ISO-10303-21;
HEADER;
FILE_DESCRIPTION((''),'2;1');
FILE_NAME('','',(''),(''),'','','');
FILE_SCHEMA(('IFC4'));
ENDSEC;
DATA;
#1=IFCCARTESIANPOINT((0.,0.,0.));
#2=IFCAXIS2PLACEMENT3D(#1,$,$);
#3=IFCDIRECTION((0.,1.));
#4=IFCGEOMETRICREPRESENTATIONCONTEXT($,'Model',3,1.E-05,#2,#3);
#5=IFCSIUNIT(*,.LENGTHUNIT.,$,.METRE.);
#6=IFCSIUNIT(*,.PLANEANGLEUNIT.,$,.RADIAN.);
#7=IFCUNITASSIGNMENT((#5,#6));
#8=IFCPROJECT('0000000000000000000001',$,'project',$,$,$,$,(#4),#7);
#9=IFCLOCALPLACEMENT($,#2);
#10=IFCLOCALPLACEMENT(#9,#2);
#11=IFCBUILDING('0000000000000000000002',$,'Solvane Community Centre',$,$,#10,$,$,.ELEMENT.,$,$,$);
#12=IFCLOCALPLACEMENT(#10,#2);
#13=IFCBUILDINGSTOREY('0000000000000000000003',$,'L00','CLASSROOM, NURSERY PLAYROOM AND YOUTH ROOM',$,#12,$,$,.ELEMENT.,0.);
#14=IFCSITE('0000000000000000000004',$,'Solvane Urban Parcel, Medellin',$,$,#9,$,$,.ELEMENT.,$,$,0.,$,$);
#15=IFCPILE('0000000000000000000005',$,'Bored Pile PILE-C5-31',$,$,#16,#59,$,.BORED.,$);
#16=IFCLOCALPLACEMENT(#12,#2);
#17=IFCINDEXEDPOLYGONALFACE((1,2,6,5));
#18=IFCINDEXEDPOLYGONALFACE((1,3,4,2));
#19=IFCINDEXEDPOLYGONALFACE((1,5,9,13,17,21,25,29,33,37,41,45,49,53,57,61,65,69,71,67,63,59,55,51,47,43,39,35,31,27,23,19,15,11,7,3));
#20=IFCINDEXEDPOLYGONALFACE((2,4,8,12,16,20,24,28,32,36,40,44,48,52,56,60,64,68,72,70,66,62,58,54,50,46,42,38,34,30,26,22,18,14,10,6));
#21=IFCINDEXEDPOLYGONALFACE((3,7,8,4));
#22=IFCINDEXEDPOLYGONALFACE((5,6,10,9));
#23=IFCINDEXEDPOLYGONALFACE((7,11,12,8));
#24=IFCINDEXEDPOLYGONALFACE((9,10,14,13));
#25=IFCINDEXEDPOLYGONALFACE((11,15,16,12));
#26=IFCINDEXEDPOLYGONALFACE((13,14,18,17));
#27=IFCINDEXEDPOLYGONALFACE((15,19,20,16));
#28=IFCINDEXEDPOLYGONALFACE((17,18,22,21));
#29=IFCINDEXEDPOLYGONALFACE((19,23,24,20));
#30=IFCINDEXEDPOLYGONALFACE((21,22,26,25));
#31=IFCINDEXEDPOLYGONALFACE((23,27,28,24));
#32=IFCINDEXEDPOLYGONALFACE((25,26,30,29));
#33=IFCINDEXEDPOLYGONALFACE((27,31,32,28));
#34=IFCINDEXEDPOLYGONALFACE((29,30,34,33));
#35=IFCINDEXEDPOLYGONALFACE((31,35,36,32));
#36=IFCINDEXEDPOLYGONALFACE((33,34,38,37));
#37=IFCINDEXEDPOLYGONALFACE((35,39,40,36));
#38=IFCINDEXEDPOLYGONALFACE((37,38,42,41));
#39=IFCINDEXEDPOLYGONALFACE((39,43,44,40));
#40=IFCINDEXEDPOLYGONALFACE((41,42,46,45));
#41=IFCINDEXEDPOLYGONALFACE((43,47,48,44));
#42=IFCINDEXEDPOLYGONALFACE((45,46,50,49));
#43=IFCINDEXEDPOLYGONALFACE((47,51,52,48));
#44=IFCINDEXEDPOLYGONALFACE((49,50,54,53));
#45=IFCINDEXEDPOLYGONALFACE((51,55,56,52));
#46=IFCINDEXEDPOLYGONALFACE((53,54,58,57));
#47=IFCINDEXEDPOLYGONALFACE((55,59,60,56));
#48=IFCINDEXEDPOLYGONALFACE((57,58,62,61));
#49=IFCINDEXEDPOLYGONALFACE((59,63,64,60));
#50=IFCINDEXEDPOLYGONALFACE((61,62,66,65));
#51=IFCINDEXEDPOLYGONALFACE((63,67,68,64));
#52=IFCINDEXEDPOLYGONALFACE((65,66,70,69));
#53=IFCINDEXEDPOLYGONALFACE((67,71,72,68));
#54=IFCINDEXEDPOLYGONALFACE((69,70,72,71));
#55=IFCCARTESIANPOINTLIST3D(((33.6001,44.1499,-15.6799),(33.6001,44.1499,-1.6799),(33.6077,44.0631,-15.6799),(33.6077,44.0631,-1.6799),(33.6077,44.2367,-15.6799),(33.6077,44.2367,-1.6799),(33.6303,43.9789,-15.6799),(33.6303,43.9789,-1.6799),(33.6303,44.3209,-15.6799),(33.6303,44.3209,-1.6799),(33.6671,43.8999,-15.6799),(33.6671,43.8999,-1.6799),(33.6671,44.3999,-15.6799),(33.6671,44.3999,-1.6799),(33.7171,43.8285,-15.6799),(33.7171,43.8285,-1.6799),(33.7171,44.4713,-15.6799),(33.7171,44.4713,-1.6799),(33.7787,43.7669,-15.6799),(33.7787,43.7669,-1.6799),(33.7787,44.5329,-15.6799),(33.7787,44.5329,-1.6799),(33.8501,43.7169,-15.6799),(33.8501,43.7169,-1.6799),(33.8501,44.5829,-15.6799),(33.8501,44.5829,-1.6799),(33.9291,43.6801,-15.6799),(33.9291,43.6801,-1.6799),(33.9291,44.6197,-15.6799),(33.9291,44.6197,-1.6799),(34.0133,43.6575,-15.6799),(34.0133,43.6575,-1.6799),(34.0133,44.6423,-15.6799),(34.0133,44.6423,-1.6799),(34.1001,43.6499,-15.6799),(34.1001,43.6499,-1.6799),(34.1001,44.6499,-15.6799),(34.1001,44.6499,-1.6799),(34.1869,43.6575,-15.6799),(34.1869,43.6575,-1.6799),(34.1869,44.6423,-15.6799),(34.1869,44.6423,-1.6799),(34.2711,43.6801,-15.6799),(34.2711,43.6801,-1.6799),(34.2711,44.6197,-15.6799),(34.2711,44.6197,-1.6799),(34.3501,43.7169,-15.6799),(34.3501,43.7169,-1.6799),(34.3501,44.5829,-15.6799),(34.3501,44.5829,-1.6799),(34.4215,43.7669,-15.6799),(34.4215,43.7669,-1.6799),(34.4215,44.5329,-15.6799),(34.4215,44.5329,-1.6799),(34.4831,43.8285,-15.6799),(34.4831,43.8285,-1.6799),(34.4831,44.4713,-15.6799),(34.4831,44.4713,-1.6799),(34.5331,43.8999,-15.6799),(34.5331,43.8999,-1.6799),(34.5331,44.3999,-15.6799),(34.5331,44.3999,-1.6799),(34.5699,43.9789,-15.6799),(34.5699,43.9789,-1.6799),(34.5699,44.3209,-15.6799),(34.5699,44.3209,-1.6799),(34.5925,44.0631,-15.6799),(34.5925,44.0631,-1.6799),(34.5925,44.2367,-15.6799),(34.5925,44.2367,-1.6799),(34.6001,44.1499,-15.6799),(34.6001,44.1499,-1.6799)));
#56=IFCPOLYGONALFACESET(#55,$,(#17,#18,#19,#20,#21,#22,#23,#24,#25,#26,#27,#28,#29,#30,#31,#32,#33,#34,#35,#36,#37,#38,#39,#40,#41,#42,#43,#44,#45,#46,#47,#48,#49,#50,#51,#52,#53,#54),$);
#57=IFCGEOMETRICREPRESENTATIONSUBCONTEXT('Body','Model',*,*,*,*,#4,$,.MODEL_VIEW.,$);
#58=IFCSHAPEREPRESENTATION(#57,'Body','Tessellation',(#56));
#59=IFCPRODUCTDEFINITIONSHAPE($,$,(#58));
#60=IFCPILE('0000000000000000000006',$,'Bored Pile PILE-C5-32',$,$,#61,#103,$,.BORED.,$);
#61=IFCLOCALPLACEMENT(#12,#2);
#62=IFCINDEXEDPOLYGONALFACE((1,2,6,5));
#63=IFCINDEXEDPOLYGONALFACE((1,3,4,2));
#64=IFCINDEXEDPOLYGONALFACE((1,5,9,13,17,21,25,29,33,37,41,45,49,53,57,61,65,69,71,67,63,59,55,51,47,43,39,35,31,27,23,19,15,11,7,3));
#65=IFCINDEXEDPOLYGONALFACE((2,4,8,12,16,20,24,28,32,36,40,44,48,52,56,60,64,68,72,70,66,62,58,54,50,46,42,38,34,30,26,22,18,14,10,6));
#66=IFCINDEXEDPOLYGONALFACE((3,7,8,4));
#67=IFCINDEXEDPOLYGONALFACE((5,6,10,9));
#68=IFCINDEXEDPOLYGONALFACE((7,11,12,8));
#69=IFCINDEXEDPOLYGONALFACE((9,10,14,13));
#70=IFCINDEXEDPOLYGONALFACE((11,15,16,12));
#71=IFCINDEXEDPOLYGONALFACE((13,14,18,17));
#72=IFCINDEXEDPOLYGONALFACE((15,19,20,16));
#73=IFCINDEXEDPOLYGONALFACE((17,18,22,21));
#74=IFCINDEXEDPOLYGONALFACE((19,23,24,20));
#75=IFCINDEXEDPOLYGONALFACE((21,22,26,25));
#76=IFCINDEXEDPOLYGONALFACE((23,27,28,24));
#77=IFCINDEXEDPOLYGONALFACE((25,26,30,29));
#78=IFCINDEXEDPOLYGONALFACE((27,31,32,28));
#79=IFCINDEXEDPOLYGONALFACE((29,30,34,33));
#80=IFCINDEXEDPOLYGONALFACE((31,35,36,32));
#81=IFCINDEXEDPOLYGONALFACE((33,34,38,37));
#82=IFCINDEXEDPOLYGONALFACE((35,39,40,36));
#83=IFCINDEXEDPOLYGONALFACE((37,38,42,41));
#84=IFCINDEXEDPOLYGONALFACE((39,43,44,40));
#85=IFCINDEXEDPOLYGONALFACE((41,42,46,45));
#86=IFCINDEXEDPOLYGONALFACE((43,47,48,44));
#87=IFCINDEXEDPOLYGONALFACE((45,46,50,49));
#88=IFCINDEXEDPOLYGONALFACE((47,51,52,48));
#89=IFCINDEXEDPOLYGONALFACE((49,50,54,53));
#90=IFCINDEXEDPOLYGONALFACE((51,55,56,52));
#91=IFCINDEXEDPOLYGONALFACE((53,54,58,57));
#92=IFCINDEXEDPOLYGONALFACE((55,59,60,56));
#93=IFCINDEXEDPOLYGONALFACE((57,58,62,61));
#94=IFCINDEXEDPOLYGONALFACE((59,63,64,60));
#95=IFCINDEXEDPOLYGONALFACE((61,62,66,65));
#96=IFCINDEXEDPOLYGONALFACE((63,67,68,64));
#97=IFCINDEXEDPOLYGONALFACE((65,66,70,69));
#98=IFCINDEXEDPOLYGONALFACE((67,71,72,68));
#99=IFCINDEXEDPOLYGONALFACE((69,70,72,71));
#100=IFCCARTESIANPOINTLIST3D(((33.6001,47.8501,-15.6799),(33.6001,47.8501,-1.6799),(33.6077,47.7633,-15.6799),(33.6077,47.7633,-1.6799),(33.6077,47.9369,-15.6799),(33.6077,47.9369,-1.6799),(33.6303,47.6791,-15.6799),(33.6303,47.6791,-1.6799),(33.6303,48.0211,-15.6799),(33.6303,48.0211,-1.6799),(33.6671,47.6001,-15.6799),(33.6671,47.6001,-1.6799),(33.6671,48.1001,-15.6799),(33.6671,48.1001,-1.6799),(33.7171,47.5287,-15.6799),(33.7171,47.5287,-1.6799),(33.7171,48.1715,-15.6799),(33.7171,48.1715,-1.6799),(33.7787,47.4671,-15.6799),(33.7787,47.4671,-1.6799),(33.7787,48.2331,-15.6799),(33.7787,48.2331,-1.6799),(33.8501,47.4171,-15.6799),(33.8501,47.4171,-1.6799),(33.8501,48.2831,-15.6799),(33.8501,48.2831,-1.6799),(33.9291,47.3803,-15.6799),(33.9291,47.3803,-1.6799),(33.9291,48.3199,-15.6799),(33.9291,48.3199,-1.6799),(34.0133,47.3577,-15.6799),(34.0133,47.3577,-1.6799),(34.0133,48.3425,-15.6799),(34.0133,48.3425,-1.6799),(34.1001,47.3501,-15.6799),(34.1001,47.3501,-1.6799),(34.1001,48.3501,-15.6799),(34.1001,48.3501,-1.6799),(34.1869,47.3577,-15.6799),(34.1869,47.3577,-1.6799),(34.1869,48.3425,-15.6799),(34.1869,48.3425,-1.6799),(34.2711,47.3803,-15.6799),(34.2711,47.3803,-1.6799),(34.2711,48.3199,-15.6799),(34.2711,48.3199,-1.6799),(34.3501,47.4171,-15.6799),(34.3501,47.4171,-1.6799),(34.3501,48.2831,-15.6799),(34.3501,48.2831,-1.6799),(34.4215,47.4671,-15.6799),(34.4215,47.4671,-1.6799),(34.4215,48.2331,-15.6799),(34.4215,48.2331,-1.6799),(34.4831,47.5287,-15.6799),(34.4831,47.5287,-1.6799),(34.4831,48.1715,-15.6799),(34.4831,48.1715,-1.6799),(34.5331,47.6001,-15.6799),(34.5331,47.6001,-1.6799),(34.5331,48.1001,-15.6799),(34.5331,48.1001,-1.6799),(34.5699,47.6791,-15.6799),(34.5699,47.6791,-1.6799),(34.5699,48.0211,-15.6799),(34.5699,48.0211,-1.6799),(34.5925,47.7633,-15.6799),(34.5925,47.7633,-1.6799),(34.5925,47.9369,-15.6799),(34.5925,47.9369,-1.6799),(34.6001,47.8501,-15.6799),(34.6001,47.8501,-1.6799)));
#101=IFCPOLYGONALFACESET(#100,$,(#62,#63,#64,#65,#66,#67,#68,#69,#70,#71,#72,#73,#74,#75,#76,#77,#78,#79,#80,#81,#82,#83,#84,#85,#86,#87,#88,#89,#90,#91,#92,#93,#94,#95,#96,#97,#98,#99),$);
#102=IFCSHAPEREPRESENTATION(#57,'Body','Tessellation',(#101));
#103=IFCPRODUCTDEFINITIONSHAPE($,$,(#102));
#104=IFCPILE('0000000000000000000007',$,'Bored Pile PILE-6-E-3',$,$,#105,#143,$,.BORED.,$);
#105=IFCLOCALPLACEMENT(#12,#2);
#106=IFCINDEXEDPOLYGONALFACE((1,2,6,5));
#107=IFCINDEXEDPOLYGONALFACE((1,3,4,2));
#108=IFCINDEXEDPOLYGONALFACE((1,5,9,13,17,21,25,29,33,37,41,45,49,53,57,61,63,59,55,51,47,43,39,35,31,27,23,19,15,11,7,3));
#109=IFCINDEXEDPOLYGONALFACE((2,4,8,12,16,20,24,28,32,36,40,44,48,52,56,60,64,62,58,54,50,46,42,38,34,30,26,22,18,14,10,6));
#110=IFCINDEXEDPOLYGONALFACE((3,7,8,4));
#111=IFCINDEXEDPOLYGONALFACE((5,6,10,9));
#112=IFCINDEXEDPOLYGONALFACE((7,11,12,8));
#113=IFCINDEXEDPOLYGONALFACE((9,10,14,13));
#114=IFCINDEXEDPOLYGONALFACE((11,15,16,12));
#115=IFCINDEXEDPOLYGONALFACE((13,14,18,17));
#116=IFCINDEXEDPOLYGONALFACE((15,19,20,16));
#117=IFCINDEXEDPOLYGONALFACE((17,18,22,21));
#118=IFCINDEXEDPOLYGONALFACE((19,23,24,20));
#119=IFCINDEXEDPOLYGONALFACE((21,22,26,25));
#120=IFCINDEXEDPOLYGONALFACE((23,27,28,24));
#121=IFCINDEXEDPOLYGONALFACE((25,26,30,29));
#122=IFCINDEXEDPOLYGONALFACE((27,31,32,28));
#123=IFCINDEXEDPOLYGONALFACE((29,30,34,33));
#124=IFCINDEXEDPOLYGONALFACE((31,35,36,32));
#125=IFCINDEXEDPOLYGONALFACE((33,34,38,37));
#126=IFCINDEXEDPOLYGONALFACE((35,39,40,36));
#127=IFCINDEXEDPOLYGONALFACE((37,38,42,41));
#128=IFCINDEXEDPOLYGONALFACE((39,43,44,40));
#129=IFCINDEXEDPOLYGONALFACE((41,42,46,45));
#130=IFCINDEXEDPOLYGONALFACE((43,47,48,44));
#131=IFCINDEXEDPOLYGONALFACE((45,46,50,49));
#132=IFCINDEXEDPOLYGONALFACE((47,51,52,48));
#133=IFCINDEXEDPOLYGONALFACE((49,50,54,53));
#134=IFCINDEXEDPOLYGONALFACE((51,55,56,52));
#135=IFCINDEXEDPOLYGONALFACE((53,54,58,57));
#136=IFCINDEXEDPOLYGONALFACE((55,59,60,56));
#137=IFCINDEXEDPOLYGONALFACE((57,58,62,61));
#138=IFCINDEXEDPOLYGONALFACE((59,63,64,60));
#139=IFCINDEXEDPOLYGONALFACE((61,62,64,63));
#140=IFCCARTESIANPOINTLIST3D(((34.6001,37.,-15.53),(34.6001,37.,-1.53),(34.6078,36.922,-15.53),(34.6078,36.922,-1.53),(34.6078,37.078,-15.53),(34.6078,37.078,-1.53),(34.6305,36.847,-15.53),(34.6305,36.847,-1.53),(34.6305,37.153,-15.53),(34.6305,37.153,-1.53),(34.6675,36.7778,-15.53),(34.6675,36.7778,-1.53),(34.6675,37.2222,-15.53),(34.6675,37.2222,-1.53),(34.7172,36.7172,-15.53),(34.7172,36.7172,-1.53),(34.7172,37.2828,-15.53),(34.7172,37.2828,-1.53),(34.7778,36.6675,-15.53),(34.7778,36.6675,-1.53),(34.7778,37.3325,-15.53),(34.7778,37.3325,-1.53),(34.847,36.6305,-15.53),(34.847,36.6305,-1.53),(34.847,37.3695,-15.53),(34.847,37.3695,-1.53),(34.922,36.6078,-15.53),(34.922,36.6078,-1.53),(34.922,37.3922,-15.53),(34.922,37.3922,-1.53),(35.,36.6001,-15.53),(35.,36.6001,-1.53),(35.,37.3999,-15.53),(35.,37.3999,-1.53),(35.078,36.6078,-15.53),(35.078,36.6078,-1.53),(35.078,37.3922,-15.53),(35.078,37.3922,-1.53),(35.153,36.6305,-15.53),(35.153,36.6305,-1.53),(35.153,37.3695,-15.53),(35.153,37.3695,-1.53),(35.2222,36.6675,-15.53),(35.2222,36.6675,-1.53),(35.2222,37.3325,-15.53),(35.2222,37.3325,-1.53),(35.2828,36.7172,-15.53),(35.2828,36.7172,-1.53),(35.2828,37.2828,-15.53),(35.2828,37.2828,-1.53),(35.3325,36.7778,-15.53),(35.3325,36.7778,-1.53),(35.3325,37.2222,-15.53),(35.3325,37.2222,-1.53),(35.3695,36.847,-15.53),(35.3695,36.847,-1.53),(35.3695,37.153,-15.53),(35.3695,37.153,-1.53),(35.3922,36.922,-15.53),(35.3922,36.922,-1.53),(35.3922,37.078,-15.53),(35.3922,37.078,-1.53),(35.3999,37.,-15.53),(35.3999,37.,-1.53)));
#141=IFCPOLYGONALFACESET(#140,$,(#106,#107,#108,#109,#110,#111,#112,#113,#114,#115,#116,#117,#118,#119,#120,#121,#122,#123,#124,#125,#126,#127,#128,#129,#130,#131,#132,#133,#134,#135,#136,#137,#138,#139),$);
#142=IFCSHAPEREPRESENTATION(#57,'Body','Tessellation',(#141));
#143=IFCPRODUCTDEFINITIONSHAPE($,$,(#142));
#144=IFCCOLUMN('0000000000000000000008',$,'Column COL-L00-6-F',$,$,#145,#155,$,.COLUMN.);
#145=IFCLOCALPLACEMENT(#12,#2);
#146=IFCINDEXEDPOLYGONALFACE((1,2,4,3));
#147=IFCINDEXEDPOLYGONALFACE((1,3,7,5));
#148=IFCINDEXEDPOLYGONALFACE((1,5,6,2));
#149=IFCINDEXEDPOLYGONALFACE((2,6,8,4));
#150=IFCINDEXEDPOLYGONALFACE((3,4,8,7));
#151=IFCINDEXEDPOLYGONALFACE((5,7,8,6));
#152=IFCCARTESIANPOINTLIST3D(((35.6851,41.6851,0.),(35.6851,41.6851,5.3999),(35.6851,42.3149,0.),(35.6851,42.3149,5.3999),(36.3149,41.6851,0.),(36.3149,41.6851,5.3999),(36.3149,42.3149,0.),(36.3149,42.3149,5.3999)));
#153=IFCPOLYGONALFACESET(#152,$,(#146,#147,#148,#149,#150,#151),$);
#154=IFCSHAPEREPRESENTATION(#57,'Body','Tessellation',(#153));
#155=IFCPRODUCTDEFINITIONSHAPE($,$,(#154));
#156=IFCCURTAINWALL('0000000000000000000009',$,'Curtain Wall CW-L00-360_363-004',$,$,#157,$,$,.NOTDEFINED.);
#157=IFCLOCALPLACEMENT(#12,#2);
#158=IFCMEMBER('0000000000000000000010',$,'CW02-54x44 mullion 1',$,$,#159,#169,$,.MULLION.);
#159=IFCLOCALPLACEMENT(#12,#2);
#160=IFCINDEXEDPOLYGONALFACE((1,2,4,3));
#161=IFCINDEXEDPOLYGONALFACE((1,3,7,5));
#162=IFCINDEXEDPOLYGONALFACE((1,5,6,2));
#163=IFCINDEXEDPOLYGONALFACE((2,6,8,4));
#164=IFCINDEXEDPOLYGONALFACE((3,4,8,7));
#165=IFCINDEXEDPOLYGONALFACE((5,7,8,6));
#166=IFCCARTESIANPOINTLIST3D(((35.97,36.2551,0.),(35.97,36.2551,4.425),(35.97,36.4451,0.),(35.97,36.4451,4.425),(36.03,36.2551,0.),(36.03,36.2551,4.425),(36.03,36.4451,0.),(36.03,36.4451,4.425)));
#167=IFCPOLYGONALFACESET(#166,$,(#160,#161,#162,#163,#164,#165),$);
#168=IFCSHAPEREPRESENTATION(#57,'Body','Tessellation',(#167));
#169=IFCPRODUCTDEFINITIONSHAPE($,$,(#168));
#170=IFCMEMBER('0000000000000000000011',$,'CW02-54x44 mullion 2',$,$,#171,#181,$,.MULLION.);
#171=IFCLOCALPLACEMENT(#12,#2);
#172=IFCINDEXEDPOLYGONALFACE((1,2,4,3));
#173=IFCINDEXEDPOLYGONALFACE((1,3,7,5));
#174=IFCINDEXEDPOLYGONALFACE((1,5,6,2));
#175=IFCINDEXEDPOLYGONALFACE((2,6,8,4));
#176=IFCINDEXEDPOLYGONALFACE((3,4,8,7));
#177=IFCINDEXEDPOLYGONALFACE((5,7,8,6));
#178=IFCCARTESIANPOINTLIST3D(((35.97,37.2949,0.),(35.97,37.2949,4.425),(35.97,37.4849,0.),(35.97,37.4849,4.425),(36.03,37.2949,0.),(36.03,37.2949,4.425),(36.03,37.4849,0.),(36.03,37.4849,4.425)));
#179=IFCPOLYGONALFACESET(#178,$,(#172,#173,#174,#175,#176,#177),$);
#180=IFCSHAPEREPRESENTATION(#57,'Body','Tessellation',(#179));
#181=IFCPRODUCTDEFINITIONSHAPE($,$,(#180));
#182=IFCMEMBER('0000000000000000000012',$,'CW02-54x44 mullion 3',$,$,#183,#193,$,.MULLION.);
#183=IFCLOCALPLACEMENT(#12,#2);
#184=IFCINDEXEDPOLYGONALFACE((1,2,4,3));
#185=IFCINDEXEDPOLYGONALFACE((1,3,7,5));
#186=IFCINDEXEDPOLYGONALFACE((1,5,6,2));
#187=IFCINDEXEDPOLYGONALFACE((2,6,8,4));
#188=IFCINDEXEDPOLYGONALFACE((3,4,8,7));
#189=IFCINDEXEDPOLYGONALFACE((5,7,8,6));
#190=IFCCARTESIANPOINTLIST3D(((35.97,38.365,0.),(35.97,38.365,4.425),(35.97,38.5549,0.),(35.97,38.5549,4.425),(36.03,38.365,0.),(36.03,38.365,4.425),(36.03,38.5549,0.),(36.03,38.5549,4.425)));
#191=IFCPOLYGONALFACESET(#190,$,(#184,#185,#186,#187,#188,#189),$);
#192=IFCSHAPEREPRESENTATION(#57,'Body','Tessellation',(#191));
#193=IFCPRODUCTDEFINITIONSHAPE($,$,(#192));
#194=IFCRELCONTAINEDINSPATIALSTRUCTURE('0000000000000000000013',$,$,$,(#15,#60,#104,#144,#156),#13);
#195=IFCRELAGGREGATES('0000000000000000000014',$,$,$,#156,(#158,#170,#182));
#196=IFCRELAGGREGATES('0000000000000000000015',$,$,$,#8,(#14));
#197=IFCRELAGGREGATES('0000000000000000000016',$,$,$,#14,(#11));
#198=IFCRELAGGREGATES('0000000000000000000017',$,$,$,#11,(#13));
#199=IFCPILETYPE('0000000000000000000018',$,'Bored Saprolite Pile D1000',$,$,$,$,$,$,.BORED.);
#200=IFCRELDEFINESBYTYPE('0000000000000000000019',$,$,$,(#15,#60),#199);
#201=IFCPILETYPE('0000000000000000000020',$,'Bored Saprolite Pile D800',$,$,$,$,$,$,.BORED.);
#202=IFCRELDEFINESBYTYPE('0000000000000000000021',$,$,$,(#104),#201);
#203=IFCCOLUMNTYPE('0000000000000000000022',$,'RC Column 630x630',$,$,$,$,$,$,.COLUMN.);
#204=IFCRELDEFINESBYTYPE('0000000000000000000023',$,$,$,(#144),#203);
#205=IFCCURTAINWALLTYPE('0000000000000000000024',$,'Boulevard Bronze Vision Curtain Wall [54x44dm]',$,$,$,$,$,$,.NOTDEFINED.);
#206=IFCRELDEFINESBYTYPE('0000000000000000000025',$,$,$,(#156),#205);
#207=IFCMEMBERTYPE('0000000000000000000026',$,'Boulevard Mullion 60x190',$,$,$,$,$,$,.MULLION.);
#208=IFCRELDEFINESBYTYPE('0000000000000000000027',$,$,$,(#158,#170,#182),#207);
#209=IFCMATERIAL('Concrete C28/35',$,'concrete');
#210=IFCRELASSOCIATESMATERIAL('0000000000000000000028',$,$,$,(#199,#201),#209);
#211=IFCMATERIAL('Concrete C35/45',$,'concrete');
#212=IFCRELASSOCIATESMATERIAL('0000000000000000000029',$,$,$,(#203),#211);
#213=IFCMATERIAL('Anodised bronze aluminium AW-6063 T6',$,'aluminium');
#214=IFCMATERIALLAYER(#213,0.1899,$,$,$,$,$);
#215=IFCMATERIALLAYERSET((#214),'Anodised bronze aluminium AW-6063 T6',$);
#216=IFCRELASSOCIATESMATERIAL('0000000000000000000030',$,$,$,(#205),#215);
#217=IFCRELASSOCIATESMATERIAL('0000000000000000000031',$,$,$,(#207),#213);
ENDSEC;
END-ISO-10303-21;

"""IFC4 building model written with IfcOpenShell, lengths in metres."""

from ifc_helpers import new_model, si_unit, direction, frame, origin, origin_2d, place, context, subcontext, project, spatial, rectangle, circle, extrude, material, layer, layer_set, material_profile, profile_set, type_object, element, aggregate, save


model = new_model("IFC4")

# Units and contexts
model_context = context("Model", 3, precision=1e-05, world=origin(), true_north=direction((0.0, 1.0)))
body_context = subcontext(model_context, "Body", "Model", "MODEL_VIEW")
ifc_project = project(units=[si_unit("LENGTHUNIT", "METRE"), si_unit("PLANEANGLEUNIT", "RADIAN")], contexts=[model_context])

# Site, building, storey
site_placement = place(None, origin())
site = spatial("IfcSite", under=ifc_project, at=site_placement, Name="Solvane Urban Parcel, Medellin", CompositionType="ELEMENT", RefElevation=0.0)
building_placement = place(site_placement, origin())
building = spatial("IfcBuilding", under=site, at=building_placement, Name="Solvane Community Centre", CompositionType="ELEMENT")
storey_placement = place(building_placement, origin())
storey = spatial("IfcBuildingStorey", under=building, at=storey_placement, Name="L00", Description="CLASSROOM, NURSERY PLAYROOM AND YOUTH ROOM", CompositionType="ELEMENT", Elevation=0.0)

# Piles
ifc_material_1 = material(Name="Concrete C28/35", Category="concrete")
ifc_material_profile_1 = material_profile(ifc_material_1, circle(Radius=0.5, at=origin_2d()), Name="PILE D1000")
ifc_profile_set_1 = profile_set([ifc_material_profile_1], Name="Concrete C28/35")
pile_type_1 = type_object("IfcPileType", Name="Bored Saprolite Pile D1000", PredefinedType="BORED", material=ifc_profile_set_1)
for number, where, z_axis, x_axis, name in (
    (1, (34.1001, 44.1499, -1.6799), (0.0, 0.0, -1.0), (1.0, 0.0, 0.0), "Bored Pile PILE-C5-31"),
    (2, (34.1001, 47.8501, -1.6799), (0.0, 0.0, -1.0), (1.0, 0.0, 0.0), "Bored Pile PILE-C5-32"),
):
    element("IfcPile", number, at=place(storey_placement, frame(where, z_axis=z_axis, x_axis=x_axis)), inside=storey, type_object=pile_type_1, Name=name, PredefinedType="BORED", context=body_context, shape_type="SweptSolid", body=[
        extrude(circle(Radius=0.5, at=origin_2d()), origin(), (0.0, 0.0, 1.0), 14.0),
    ])
ifc_material_profile_2 = material_profile(ifc_material_1, circle(Radius=0.3999, at=origin_2d()), Name="PILE D800")
ifc_profile_set_2 = profile_set([ifc_material_profile_2], Name="Concrete C28/35")
pile_type_2 = type_object("IfcPileType", Name="Bored Saprolite Pile D800", PredefinedType="BORED", material=ifc_profile_set_2)
pile_placement = place(storey_placement, frame((35.0, 37.0, -1.53), z_axis=(0.0, 0.0, -1.0), x_axis=(1.0, 0.0, 0.0)))
element("IfcPile", 3, at=pile_placement, inside=storey, type_object=pile_type_2, Name="Bored Pile PILE-6-E-3", PredefinedType="BORED", context=body_context, shape_type="SweptSolid", body=[
    extrude(circle(Radius=0.3999, at=origin_2d()), origin(), (0.0, 0.0, 1.0), 14.0),
])

# Column
ifc_material_2 = material(Name="Concrete C35/45", Category="concrete")
ifc_material_profile_3 = material_profile(ifc_material_2, rectangle(XDim=0.6299, YDim=0.6299, at=origin_2d()), Name="RC 630x630")
ifc_profile_set_3 = profile_set([ifc_material_profile_3], Name="Concrete C35/45")
column_type = type_object("IfcColumnType", Name="RC Column 630x630", PredefinedType="COLUMN", material=ifc_profile_set_3)
column_placement = place(storey_placement, frame((36.0, 42.0, 0.0), z_axis=(0.0, 0.0, 1.0), x_axis=(1.0, 0.0, 0.0)))
element("IfcColumn", 4, at=column_placement, inside=storey, type_object=column_type, Name="Column COL-L00-6-F", PredefinedType="COLUMN", context=body_context, shape_type="SweptSolid", body=[
    extrude(rectangle(XDim=0.6299, YDim=0.6299, at=origin_2d()), origin(), (0.0, 0.0, 1.0), 5.3999),
])

# Curtain wall, members
ifc_material_3 = material(Name="Anodised bronze aluminium AW-6063 T6", Category="aluminium")
ifc_layer_1 = layer(ifc_material_3, 0.1899)
ifc_layer_set_1 = layer_set([ifc_layer_1], Name="Anodised bronze aluminium AW-6063 T6")
curtain_wall_type = type_object("IfcCurtainWallType", Name="Boulevard Bronze Vision Curtain Wall [54x44dm]", PredefinedType="NOTDEFINED", material=ifc_layer_set_1)
curtain_wall_placement = place(storey_placement, origin())
curtain_wall = element("IfcCurtainWall", 5, at=curtain_wall_placement, inside=storey, type_object=curtain_wall_type, Name="Curtain Wall CW-L00-360_363-004", PredefinedType="NOTDEFINED")
ifc_material_profile_4 = material_profile(ifc_material_3, rectangle(XDim=0.0601, YDim=0.1899, at=origin_2d()), Name="CW-M 60x190")
ifc_profile_set_4 = profile_set([ifc_material_profile_4], Name="Anodised bronze aluminium AW-6063 T6")
member_type_1 = type_object("IfcMemberType", Name="Boulevard Mullion 60x190", PredefinedType="MULLION", material=ifc_profile_set_4)
member_1_placement = place(storey_placement, frame((36.0, 36.3501, 0.0), z_axis=(0.0, 0.0, 1.0), x_axis=(-1.0, 0.0, 0.0)))
member_1 = element("IfcMember", 6, at=member_1_placement, type_object=member_type_1, Name="CW02-54x44 mullion 1", PredefinedType="MULLION", context=body_context, shape_type="SweptSolid", body=[
    extrude(rectangle(XDim=0.0601, YDim=0.1899, at=origin_2d()), origin(), (0.0, 0.0, 1.0), 4.425),
])
member_2_placement = place(storey_placement, frame((36.0, 37.3899, 0.0), z_axis=(0.0, 0.0, 1.0), x_axis=(-1.0, 0.0, 0.0)))
member_2 = element("IfcMember", 7, at=member_2_placement, type_object=member_type_1, Name="CW02-54x44 mullion 2", PredefinedType="MULLION", context=body_context, shape_type="SweptSolid", body=[
    extrude(rectangle(XDim=0.0601, YDim=0.1899, at=origin_2d()), origin(), (0.0, 0.0, 1.0), 4.425),
])
member_3_placement = place(storey_placement, frame((36.0, 38.46, 0.0), z_axis=(0.0, 0.0, 1.0), x_axis=(-1.0, 0.0, 0.0)))
member_3 = element("IfcMember", 8, at=member_3_placement, type_object=member_type_1, Name="CW02-54x44 mullion 3", PredefinedType="MULLION", context=body_context, shape_type="SweptSolid", body=[
    extrude(rectangle(XDim=0.0601, YDim=0.1899, at=origin_2d()), origin(), (0.0, 0.0, 1.0), 4.425),
])
aggregate(curtain_wall, [member_1, member_2, member_3])

save(model, "model.ifc")
